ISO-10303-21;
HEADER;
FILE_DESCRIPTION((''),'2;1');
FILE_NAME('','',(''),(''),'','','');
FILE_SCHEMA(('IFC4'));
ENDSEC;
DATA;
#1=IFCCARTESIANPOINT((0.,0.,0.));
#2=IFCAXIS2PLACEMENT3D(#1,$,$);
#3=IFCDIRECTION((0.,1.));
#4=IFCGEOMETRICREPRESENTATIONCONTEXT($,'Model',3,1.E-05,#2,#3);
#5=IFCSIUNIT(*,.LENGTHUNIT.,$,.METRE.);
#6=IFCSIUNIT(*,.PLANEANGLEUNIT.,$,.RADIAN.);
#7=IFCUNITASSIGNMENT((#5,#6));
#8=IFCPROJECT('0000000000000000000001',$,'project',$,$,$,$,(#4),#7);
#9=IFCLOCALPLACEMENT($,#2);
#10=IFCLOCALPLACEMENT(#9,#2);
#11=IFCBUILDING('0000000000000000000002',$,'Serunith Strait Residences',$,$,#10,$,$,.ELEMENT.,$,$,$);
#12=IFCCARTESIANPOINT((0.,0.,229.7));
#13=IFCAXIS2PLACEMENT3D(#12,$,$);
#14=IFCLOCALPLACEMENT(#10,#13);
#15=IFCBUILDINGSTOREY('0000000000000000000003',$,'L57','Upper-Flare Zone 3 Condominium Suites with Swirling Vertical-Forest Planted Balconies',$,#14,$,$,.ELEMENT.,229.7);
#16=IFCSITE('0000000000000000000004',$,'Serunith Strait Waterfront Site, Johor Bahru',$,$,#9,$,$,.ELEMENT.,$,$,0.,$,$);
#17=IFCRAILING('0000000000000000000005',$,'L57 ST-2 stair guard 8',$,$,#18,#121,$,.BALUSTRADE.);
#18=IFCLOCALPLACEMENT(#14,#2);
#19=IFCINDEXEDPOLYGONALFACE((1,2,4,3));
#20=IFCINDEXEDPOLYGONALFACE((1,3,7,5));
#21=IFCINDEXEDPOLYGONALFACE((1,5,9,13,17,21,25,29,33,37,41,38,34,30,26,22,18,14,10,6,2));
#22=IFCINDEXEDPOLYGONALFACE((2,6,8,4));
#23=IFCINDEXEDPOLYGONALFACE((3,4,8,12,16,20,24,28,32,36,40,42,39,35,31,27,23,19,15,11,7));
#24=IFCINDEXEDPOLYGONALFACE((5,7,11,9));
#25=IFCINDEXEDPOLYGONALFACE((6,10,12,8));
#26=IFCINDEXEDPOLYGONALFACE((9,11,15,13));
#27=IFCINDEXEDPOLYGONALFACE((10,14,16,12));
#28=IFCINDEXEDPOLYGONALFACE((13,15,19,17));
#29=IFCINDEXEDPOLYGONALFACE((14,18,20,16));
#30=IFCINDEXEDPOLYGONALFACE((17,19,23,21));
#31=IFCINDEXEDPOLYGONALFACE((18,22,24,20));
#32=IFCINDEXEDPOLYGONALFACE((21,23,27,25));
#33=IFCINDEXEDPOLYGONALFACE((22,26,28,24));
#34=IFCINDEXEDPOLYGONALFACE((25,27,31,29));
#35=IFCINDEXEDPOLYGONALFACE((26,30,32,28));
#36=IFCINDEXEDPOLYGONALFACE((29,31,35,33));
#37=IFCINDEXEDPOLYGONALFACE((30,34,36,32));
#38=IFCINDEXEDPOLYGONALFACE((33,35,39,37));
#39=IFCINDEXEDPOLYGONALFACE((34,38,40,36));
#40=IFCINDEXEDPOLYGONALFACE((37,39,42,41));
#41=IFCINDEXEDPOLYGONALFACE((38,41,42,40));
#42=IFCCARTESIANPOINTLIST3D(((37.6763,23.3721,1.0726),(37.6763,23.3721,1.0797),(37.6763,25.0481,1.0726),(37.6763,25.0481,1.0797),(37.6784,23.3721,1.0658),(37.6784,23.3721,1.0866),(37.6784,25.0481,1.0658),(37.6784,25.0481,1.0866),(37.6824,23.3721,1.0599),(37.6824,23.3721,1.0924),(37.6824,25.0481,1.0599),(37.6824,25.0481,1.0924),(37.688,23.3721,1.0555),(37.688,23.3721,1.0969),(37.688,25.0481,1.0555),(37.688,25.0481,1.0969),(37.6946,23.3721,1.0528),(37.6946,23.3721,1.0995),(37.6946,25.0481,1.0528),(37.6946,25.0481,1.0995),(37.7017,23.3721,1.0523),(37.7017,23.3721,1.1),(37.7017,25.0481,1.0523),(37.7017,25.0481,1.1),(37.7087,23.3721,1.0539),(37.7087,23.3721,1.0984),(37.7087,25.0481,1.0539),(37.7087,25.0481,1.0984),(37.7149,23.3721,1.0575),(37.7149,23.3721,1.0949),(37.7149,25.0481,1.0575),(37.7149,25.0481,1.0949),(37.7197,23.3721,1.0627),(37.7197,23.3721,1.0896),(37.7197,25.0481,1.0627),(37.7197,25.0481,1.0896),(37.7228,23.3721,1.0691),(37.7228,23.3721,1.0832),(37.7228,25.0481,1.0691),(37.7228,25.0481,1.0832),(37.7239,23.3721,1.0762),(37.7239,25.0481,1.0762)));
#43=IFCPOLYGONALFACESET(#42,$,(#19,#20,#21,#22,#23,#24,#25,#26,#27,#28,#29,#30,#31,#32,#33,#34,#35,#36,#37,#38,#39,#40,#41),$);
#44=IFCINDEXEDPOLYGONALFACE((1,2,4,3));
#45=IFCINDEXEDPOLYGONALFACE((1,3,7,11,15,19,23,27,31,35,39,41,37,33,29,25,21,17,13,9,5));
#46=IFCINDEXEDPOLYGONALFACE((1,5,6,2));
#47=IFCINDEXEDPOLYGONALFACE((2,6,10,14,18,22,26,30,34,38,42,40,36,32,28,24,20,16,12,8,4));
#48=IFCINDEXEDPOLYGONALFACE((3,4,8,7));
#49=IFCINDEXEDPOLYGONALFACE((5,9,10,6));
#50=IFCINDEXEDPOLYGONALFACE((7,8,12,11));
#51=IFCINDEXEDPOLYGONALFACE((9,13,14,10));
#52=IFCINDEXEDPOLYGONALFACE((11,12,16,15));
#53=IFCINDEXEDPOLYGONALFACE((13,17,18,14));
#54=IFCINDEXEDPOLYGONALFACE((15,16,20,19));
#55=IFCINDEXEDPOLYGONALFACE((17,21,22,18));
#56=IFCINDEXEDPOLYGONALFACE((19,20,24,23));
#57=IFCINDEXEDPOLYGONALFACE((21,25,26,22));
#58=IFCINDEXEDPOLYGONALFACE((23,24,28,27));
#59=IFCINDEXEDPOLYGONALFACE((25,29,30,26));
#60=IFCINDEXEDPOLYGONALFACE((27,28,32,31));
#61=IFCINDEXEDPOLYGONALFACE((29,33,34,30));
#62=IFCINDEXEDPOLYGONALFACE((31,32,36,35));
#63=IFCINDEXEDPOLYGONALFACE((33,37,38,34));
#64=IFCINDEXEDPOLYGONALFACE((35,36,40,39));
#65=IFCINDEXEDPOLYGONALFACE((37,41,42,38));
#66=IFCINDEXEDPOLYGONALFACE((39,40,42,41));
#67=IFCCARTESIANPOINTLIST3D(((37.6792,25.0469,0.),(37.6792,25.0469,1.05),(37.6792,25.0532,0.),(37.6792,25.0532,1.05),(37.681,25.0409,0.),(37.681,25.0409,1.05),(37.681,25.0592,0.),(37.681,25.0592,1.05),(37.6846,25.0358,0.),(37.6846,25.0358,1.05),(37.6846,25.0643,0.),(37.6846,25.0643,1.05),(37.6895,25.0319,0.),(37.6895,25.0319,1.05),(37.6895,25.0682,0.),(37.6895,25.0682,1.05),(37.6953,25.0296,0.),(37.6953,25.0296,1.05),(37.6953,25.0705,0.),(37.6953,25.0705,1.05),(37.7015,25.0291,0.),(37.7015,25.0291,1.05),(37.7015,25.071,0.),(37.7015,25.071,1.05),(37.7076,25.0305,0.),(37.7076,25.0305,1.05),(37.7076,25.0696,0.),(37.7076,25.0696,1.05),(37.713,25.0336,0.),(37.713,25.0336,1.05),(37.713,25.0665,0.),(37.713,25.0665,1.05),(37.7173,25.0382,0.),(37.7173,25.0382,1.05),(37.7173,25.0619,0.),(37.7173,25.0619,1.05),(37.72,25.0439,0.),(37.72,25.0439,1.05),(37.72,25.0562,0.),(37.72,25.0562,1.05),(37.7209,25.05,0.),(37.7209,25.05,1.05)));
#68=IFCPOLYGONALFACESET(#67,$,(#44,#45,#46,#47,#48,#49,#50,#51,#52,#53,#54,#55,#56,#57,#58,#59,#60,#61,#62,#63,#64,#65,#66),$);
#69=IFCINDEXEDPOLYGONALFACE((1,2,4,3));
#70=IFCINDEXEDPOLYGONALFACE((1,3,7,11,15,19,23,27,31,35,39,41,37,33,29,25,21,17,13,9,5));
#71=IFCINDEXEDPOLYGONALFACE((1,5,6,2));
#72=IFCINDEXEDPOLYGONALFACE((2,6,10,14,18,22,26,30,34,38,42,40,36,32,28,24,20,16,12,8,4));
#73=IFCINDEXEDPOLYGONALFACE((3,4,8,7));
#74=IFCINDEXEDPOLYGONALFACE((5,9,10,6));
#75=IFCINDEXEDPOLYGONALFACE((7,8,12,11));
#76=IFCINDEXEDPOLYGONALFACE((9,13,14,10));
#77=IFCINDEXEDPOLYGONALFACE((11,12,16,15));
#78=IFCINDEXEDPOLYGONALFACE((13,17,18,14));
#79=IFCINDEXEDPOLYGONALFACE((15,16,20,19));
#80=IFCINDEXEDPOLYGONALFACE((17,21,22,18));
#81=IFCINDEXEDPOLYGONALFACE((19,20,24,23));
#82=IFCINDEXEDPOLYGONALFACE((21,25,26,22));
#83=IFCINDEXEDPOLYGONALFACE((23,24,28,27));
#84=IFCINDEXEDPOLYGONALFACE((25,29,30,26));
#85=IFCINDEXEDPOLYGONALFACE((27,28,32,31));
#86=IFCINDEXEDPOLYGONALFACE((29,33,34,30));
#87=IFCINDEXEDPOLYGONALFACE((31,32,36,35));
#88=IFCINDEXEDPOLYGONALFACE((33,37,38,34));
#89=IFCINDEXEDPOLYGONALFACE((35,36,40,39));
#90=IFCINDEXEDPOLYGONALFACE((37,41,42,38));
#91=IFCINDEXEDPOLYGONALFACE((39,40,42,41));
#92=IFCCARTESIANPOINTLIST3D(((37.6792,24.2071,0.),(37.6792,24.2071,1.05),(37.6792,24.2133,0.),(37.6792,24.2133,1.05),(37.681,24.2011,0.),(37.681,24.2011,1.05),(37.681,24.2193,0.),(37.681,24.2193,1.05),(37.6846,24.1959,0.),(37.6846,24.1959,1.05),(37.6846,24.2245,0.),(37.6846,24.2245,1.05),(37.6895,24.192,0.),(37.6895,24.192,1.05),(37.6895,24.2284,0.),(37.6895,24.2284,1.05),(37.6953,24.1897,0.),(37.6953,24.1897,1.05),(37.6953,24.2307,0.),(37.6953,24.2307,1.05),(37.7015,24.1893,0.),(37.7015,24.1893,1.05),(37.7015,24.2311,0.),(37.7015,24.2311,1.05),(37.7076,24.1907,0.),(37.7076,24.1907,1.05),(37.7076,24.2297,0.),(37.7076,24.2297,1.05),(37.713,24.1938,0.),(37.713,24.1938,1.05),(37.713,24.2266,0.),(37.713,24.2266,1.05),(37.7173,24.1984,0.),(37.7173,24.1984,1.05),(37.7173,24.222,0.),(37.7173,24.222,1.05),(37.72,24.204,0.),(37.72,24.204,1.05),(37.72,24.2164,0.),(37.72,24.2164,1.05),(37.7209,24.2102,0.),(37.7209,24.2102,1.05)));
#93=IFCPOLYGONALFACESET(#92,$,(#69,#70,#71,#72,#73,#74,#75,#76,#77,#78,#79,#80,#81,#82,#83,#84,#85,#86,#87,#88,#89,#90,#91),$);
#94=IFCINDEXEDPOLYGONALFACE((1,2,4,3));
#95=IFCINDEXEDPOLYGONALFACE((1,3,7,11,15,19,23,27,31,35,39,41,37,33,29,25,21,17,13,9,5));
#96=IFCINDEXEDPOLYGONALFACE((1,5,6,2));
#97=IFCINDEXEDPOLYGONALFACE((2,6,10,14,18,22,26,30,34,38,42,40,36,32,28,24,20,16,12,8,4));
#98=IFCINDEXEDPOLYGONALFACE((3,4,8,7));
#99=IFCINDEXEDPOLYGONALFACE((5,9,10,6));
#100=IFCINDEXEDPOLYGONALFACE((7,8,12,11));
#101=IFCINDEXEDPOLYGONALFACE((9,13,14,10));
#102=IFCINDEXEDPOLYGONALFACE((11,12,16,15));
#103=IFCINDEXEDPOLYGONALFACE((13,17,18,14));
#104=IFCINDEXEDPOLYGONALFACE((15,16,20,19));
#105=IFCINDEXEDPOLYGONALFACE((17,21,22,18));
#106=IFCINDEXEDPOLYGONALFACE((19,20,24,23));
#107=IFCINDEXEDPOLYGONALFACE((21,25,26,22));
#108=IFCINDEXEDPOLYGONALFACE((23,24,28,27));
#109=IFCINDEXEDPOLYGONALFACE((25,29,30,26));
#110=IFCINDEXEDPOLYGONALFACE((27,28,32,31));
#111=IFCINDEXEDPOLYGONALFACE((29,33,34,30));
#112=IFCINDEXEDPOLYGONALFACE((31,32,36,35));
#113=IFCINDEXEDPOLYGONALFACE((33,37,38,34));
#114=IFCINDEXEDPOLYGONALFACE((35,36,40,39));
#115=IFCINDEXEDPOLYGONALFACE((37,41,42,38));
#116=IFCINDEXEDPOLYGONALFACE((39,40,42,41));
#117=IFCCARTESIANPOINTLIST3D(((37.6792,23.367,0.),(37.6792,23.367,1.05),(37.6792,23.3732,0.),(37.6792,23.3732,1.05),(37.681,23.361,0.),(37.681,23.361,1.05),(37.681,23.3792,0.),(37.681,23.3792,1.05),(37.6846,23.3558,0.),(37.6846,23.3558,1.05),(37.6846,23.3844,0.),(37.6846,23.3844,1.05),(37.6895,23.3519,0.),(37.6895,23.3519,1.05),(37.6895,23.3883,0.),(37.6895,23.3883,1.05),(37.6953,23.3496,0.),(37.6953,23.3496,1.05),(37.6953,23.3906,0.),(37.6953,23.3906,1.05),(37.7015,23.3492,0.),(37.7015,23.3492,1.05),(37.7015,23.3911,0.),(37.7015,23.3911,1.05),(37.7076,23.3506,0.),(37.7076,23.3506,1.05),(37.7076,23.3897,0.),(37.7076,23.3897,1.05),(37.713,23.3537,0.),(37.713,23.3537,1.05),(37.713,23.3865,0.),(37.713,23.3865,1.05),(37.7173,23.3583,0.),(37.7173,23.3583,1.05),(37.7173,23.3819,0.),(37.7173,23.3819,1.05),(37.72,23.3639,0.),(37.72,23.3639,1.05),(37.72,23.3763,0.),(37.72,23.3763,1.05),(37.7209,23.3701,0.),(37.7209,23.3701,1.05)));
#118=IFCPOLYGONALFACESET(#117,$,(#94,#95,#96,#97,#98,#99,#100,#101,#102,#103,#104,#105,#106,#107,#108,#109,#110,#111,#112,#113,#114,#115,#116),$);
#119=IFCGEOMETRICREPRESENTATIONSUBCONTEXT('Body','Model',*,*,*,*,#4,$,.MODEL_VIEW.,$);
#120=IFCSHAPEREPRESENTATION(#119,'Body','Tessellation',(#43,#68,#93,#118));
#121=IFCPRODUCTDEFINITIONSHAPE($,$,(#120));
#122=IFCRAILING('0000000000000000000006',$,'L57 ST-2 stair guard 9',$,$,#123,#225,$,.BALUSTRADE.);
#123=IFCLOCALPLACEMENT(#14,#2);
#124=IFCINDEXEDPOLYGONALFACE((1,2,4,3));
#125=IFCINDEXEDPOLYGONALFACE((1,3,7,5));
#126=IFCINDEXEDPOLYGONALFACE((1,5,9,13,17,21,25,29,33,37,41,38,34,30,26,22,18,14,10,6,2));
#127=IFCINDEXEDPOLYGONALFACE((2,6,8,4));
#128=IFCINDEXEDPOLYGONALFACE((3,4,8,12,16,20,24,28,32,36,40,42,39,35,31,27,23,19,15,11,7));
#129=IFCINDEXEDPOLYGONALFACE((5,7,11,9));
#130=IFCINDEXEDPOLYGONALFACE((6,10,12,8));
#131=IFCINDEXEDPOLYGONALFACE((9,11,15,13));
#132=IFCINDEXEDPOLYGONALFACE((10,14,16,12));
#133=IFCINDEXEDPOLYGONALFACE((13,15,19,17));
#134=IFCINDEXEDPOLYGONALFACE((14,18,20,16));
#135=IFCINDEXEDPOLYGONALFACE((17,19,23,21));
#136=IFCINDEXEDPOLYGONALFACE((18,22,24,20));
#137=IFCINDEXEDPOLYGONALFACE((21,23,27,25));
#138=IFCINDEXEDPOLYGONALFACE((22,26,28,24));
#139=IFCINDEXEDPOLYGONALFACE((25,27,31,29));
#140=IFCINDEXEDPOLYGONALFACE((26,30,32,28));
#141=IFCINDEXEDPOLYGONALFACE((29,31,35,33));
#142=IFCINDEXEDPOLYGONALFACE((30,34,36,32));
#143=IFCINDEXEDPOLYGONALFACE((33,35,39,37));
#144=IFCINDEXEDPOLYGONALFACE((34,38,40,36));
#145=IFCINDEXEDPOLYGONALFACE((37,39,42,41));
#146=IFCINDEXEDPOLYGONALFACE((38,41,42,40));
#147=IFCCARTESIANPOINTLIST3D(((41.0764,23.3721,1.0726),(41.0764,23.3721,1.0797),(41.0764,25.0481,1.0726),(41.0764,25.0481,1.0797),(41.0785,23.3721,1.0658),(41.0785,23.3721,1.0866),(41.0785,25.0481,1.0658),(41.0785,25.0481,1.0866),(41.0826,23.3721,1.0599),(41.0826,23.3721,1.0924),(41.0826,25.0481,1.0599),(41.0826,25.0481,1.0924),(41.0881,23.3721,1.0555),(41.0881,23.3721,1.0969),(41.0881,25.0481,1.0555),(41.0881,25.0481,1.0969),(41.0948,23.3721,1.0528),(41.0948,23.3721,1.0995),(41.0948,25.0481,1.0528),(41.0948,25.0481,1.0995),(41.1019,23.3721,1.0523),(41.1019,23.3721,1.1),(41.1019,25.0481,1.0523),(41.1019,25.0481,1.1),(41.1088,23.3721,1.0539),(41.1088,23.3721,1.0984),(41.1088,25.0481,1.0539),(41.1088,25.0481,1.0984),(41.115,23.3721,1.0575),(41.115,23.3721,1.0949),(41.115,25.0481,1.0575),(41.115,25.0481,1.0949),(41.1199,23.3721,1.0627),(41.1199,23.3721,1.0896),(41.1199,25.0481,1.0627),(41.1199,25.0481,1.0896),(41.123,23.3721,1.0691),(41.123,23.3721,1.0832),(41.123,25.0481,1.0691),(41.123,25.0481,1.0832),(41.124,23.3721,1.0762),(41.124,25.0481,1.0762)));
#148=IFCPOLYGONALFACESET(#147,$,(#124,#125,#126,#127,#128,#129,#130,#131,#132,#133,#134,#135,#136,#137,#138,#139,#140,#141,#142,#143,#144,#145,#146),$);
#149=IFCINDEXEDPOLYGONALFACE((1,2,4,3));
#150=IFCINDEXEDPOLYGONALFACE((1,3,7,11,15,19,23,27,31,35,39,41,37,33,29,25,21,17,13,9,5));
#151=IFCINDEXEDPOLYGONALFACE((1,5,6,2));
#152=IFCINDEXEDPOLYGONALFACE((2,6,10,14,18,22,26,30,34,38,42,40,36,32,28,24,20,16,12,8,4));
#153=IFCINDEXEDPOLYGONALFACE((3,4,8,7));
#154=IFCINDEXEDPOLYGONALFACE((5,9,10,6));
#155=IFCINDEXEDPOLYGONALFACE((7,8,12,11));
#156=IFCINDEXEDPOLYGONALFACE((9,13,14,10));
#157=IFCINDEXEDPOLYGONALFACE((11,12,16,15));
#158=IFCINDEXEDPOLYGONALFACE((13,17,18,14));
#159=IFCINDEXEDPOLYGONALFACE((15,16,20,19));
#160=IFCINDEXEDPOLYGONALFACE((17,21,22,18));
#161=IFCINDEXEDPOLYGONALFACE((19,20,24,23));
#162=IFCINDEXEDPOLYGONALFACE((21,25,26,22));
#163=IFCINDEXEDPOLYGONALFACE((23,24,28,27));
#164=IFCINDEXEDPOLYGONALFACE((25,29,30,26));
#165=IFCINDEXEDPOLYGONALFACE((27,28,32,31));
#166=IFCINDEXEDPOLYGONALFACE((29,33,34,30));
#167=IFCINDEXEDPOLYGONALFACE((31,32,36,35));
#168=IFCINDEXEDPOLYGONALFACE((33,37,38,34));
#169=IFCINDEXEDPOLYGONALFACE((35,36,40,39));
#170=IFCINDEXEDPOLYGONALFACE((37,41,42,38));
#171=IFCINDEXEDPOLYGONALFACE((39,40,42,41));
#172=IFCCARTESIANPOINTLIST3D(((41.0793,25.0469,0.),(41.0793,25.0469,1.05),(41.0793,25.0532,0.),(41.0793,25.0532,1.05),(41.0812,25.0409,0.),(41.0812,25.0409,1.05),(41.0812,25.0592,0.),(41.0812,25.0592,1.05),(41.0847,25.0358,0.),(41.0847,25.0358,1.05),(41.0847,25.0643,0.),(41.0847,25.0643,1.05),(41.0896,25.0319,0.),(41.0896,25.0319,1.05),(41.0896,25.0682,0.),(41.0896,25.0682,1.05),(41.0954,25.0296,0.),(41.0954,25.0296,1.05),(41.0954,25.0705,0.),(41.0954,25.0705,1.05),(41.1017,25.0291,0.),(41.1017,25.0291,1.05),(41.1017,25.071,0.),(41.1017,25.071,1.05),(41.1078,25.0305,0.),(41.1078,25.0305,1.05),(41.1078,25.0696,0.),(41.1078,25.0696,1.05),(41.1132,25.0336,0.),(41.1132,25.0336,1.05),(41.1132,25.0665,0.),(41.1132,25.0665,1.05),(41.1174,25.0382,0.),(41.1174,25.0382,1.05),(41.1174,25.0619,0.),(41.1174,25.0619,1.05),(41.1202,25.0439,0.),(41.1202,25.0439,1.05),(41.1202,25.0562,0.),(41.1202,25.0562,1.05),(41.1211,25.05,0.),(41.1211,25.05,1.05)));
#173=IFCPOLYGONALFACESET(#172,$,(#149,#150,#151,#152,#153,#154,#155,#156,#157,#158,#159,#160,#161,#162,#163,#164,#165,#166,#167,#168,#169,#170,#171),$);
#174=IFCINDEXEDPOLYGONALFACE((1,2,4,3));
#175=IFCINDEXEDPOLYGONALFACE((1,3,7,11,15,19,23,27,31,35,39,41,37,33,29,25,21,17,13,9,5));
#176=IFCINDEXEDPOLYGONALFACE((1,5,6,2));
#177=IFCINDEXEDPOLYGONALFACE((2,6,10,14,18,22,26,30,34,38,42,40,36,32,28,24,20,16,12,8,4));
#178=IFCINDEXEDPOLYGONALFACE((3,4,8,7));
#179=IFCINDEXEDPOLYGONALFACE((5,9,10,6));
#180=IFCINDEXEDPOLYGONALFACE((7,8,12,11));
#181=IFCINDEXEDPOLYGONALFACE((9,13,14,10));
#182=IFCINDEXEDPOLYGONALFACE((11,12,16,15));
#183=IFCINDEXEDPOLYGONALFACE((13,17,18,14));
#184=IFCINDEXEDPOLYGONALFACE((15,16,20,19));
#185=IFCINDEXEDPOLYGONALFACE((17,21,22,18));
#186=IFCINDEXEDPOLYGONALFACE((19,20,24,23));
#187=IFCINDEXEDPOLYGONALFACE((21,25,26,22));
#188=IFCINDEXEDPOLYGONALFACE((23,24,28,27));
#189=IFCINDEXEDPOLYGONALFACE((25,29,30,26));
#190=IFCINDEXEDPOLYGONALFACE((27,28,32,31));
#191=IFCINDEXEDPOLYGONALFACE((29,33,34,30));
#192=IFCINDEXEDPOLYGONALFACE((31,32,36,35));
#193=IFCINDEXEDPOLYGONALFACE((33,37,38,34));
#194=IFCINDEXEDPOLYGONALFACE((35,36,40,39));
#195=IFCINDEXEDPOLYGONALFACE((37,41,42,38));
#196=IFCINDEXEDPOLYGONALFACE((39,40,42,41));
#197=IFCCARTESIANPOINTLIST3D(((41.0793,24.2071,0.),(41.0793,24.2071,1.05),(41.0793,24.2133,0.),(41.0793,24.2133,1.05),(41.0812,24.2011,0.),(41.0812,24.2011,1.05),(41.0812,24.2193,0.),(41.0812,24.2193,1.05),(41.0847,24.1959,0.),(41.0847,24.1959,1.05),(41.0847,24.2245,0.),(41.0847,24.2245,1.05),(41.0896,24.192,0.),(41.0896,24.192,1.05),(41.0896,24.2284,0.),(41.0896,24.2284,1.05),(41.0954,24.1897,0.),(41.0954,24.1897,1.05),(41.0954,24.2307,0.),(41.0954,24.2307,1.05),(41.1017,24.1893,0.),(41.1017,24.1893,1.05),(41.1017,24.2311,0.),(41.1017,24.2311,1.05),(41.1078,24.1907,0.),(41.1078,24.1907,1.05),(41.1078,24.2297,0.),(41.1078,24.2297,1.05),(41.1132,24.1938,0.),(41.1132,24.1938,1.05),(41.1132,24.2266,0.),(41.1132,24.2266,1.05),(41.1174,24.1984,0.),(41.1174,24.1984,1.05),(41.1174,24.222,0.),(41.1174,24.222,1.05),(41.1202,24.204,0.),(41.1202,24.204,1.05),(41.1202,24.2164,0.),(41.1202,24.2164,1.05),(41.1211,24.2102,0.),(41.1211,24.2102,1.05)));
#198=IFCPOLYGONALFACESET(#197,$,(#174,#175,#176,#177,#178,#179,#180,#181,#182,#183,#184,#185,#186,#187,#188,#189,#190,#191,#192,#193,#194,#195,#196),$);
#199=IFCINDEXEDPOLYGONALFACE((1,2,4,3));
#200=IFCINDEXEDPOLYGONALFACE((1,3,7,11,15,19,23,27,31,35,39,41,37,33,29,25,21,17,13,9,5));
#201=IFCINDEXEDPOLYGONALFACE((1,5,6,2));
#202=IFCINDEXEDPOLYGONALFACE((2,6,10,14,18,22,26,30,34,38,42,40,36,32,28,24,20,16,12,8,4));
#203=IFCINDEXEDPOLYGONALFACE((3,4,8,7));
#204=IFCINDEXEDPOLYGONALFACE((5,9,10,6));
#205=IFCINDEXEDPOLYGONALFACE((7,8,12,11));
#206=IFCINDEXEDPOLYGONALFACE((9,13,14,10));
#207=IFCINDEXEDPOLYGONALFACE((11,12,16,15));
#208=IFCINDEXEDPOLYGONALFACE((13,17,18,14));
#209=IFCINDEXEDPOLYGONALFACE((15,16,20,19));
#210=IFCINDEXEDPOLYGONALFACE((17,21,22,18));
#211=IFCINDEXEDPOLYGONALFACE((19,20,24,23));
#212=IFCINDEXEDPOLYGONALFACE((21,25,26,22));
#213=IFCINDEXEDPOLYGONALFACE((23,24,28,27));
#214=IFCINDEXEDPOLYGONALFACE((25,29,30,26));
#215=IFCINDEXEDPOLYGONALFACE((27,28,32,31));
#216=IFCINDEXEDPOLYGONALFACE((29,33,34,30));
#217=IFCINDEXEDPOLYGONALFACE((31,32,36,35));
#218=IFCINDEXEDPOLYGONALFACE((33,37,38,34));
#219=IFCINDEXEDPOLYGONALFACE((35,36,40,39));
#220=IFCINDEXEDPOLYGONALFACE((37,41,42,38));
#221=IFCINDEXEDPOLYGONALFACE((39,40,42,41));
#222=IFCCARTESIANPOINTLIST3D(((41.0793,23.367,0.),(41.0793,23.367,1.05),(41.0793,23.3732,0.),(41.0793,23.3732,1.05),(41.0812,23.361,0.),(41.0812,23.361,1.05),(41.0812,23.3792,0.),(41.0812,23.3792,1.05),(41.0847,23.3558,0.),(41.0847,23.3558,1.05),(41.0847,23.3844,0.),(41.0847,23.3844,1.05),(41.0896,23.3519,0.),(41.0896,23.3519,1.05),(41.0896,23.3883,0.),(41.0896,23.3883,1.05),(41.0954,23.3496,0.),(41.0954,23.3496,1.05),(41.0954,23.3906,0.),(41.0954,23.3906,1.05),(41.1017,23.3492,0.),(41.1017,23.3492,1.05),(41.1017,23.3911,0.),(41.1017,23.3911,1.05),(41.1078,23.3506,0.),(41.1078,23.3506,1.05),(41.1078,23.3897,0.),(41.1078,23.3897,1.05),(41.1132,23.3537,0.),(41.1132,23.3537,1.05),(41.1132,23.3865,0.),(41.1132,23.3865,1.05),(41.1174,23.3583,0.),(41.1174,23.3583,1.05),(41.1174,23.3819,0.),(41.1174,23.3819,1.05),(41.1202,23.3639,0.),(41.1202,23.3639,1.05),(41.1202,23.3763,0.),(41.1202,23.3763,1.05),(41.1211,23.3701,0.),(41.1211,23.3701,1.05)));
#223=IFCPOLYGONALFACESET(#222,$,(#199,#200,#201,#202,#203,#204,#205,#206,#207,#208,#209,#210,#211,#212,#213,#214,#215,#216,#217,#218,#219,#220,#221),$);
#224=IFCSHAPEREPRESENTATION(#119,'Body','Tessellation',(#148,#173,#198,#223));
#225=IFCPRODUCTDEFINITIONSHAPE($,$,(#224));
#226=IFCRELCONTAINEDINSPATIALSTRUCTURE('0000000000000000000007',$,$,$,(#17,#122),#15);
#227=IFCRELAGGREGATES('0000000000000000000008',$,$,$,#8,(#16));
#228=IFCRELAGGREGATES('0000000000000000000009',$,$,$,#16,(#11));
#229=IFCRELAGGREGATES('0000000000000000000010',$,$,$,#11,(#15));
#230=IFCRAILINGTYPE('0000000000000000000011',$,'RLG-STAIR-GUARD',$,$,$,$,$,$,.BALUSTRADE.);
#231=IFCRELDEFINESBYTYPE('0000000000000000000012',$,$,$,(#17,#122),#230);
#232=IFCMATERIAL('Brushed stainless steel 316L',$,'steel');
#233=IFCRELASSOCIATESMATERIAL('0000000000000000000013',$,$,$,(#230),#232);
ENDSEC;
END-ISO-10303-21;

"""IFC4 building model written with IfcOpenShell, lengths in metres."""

from ifc_helpers import new_model, si_unit, direction, frame, origin, origin_2d, place, context, subcontext, project, spatial, circle, extrude, material, type_object, element, save


model = new_model("IFC4")

# Units and contexts
model_context = context("Model", 3, precision=1e-05, world=origin(), true_north=direction((0.0, 1.0)))
body_context = subcontext(model_context, "Body", "Model", "MODEL_VIEW")
ifc_project = project(units=[si_unit("LENGTHUNIT", "METRE"), si_unit("PLANEANGLEUNIT", "RADIAN")], contexts=[model_context])

# Site, building, storey
site_placement = place(None, origin())
site = spatial("IfcSite", under=ifc_project, at=site_placement, Name="Serunith Strait Waterfront Site, Johor Bahru", CompositionType="ELEMENT", RefElevation=0.0)
building_placement = place(site_placement, origin())
building = spatial("IfcBuilding", under=site, at=building_placement, Name="Serunith Strait Residences", CompositionType="ELEMENT")
storey_placement = place(building_placement, frame((0.0, 0.0, 229.7)))
storey = spatial("IfcBuildingStorey", under=building, at=storey_placement, Name="L57", Description="Upper-Flare Zone 3 Condominium Suites with Swirling Vertical-Forest Planted Balconies", CompositionType="ELEMENT", Elevation=229.7)

# Railings
ifc_material_1 = material(Name="Brushed stainless steel 316L", Category="steel")
railing_type = type_object("IfcRailingType", Name="RLG-STAIR-GUARD", PredefinedType="BALUSTRADE", material=ifc_material_1)
for number, where, name in (
    (1, (37.7, 25.05, 0.0), "L57 ST-2 stair guard 8"),
    (2, (41.1001, 25.05, 0.0), "L57 ST-2 stair guard 9"),
):
    element("IfcRailing", number, at=place(storey_placement, frame(where)), inside=storey, type_object=railing_type, Name=name, PredefinedType="BALUSTRADE", context=body_context, shape_type="SweptSolid", body=[
        extrude(circle(Radius=0.0239, at=origin_2d()), frame((0.0, -0.002, 1.0762), z_axis=(0.0, -1.0, 0.0), x_axis=(1.0, 0.0, 0.0)), (0.0, 0.0, 1.0), 1.676),
        extrude(circle(Radius=0.021, at=origin_2d()), origin(), (0.0, 0.0, 1.0), 1.05),
        extrude(circle(Radius=0.021, at=origin_2d()), frame((0.0, -0.8398, 0.0)), (0.0, 0.0, 1.0), 1.05),
        extrude(circle(Radius=0.021, at=origin_2d()), frame((0.0, -1.6799, 0.0)), (0.0, 0.0, 1.0), 1.05),
    ])

save(model, "model.ifc")
